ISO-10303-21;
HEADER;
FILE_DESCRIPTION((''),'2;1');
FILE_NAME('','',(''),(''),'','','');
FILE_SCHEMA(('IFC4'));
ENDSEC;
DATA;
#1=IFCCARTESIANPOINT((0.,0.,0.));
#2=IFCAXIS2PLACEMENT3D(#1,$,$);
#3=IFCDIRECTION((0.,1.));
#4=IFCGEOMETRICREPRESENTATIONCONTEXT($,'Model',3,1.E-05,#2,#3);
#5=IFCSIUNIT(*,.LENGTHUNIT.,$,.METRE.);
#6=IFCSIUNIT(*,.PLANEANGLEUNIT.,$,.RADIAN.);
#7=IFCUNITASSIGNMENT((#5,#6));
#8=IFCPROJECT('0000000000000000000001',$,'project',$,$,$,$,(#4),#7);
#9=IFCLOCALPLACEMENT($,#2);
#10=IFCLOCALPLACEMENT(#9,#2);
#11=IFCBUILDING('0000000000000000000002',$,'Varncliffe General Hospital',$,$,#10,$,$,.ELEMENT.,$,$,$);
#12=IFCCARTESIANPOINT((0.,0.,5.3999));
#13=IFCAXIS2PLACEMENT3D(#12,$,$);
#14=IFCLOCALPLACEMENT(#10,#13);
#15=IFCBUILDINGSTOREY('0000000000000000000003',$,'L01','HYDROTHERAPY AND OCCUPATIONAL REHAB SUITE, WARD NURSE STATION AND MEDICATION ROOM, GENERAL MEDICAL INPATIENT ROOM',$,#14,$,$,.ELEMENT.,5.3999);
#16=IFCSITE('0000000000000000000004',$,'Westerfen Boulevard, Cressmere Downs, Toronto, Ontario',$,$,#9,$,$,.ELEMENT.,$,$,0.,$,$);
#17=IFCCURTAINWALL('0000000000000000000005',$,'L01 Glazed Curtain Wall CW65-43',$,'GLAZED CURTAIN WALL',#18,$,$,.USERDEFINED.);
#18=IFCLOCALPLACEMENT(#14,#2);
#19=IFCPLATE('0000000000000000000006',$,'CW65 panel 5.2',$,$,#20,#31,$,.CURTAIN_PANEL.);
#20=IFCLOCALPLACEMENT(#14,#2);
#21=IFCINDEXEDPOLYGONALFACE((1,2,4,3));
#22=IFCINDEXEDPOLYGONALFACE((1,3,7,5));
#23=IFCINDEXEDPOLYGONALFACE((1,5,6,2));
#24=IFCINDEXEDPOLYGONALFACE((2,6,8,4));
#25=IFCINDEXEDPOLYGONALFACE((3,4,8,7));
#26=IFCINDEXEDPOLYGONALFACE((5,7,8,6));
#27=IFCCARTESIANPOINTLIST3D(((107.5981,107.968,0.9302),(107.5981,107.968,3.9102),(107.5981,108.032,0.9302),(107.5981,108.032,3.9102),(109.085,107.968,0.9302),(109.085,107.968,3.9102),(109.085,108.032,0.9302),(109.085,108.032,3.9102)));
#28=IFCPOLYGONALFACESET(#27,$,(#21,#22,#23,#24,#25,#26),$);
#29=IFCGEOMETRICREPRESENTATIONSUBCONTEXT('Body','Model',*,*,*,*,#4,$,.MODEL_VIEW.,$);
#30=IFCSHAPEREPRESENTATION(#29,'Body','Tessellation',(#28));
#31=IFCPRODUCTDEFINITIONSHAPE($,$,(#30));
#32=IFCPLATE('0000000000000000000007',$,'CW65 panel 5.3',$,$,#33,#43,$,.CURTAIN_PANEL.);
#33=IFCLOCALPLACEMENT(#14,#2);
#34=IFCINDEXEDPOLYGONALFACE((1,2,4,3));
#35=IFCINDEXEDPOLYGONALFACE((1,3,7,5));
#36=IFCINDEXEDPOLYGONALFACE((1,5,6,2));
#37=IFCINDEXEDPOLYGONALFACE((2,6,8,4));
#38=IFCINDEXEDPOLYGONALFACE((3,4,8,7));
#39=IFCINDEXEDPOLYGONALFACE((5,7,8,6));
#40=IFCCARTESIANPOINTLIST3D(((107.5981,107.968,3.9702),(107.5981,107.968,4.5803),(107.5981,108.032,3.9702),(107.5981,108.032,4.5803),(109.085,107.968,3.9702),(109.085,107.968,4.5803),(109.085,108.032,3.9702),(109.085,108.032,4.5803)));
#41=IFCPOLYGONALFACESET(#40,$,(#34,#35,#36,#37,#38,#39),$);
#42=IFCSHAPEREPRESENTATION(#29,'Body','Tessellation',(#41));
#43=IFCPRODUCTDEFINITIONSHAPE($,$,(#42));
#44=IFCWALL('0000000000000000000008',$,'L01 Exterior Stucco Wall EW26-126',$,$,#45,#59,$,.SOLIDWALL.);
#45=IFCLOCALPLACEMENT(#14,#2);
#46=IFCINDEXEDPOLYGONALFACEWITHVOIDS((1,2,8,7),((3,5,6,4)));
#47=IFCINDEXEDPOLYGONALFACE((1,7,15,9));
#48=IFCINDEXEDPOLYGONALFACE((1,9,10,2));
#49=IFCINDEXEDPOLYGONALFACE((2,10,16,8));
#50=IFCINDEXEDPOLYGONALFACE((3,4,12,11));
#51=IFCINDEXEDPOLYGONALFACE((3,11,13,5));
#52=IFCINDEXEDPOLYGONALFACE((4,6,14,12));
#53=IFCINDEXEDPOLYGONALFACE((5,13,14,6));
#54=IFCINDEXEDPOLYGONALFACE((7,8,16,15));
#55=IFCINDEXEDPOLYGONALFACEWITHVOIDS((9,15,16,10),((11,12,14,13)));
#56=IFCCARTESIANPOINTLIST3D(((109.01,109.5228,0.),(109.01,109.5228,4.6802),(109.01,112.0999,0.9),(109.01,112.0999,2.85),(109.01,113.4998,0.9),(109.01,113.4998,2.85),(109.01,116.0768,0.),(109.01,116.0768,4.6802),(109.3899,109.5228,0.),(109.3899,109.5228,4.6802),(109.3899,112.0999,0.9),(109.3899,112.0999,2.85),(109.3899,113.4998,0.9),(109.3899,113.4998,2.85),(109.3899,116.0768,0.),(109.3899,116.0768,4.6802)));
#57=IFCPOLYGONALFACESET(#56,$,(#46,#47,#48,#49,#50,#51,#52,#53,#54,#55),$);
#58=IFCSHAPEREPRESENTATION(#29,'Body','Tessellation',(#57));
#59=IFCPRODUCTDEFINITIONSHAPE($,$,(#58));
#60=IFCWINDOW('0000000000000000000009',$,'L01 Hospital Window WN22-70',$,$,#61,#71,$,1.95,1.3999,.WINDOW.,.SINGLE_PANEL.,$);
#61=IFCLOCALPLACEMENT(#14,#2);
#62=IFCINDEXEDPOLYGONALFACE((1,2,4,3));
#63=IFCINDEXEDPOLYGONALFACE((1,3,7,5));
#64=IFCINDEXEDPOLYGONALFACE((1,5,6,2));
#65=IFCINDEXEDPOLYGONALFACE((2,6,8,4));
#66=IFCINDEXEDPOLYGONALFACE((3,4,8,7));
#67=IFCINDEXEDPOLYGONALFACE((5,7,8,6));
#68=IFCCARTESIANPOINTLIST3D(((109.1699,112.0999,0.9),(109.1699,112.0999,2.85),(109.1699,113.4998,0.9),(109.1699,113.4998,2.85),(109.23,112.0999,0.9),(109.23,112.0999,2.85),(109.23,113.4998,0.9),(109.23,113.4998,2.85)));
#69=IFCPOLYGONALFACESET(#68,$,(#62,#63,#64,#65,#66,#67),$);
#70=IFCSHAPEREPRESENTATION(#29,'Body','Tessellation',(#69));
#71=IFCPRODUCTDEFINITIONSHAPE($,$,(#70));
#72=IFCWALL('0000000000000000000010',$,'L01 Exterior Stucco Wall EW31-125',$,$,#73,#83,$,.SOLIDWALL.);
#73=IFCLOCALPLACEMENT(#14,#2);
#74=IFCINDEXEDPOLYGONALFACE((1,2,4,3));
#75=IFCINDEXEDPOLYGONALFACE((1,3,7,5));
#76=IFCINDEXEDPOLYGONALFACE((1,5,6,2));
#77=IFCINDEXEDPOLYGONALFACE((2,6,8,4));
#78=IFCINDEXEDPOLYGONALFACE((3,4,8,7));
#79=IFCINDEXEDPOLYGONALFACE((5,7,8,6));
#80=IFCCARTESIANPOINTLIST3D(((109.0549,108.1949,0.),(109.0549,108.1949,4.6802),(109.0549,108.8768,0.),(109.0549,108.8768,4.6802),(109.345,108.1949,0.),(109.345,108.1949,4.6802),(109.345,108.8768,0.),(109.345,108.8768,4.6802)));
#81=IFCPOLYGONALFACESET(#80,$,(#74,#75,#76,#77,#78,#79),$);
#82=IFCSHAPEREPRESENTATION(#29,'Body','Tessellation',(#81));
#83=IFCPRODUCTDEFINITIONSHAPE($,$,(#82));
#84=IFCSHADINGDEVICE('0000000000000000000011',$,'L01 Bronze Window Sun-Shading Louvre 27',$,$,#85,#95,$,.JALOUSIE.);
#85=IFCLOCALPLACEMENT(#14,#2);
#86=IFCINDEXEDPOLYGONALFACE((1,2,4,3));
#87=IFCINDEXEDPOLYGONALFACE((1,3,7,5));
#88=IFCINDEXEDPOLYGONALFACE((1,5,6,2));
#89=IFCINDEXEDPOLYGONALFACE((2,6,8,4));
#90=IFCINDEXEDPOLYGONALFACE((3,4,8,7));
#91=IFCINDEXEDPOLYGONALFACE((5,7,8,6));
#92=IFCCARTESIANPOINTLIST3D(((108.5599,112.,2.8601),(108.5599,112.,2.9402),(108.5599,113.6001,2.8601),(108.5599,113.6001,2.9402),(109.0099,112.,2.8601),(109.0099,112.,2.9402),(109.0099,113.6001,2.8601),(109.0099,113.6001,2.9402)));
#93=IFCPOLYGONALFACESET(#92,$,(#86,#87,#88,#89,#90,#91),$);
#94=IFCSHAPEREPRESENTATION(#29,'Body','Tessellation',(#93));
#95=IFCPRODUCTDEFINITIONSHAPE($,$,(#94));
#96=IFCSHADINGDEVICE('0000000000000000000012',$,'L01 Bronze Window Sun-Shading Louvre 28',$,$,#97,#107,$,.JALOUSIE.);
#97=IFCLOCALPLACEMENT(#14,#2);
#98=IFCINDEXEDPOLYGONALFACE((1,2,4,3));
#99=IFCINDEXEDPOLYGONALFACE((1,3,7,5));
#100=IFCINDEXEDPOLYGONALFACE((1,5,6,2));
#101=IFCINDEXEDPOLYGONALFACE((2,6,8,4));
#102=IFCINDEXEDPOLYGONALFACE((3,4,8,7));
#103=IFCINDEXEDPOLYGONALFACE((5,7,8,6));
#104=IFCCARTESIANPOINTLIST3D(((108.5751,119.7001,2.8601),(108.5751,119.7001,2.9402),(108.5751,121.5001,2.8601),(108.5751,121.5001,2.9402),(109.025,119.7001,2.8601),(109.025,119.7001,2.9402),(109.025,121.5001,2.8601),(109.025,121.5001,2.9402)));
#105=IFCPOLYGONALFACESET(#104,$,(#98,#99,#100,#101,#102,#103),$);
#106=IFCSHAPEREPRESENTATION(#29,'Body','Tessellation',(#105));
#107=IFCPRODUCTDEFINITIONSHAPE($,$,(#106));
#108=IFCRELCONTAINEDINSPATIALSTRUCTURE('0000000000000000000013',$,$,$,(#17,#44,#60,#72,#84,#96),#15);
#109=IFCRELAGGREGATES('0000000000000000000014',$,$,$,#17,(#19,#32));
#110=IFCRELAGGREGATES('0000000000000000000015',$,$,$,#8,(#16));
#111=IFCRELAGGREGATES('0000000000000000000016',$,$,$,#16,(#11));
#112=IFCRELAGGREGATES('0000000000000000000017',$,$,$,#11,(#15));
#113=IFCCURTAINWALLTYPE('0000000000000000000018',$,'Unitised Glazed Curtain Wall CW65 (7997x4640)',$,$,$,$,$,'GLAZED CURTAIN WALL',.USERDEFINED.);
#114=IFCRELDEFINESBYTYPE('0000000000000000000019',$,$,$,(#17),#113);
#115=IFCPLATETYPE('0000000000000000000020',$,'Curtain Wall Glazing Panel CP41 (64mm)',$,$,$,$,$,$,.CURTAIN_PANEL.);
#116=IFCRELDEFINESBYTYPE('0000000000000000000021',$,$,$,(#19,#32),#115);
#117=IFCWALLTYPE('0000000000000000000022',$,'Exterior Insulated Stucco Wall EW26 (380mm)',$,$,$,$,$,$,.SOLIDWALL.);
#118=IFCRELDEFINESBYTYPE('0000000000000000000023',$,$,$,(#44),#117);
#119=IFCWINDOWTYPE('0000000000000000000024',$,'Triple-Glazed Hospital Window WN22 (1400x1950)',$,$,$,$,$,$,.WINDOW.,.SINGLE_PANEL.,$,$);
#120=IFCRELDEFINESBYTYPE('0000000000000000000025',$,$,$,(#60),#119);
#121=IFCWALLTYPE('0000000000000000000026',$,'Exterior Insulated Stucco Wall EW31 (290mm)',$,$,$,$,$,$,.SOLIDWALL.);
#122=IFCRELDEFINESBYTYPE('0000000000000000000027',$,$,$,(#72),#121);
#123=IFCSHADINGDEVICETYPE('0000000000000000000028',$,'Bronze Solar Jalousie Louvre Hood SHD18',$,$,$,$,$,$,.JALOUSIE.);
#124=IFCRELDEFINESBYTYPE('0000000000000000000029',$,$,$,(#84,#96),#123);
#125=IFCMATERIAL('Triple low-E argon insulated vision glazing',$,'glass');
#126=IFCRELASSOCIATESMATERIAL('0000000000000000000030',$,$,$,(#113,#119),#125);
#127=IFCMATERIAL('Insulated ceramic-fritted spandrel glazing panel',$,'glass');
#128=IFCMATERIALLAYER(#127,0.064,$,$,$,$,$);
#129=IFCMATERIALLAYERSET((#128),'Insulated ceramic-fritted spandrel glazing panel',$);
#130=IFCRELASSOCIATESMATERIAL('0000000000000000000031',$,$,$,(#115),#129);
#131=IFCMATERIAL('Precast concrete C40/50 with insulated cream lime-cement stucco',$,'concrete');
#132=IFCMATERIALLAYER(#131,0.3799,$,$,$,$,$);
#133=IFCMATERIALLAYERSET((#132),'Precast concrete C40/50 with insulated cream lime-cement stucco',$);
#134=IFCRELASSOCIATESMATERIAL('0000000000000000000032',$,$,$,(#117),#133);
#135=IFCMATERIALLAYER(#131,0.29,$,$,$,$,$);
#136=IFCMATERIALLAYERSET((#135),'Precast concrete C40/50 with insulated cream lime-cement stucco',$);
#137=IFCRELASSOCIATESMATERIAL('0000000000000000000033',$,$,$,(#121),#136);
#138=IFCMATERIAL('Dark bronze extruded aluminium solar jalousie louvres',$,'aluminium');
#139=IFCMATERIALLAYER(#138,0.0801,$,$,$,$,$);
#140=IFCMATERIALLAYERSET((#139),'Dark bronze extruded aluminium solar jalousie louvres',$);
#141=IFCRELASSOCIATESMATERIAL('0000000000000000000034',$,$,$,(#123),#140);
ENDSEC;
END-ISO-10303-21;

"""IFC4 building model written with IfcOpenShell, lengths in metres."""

from ifc_helpers import new_model, si_unit, direction, frame, frame_2d, origin, origin_2d, place, context, subcontext, project, spatial, rectangle, extrude, material, layer, layer_set, type_object, element, fill, aggregate, save


model = new_model("IFC4")

# Units and contexts
model_context = context("Model", 3, precision=1e-05, world=origin(), true_north=direction((0.0, 1.0)))
body_context = subcontext(model_context, "Body", "Model", "MODEL_VIEW")
ifc_project = project(units=[si_unit("LENGTHUNIT", "METRE"), si_unit("PLANEANGLEUNIT", "RADIAN")], contexts=[model_context])

# Site, building, storey
site_placement = place(None, origin())
site = spatial("IfcSite", under=ifc_project, at=site_placement, Name="Westerfen Boulevard, Cressmere Downs, Toronto, Ontario", CompositionType="ELEMENT", RefElevation=0.0)
building_placement = place(site_placement, origin())
building = spatial("IfcBuilding", under=site, at=building_placement, Name="Varncliffe General Hospital", CompositionType="ELEMENT")
storey_placement = place(building_placement, frame((0.0, 0.0, 5.3999)))
storey = spatial("IfcBuildingStorey", under=building, at=storey_placement, Name="L01", Description="HYDROTHERAPY AND OCCUPATIONAL REHAB SUITE, WARD NURSE STATION AND MEDICATION ROOM, GENERAL MEDICAL INPATIENT ROOM", CompositionType="ELEMENT", Elevation=5.3999)

# Curtain wall
ifc_material_1 = material(Name="Triple low-E argon insulated vision glazing", Category="glass")
curtain_wall_type = type_object("IfcCurtainWallType", Name="Unitised Glazed Curtain Wall CW65 (7997x4640)", ElementType="GLAZED CURTAIN WALL", PredefinedType="USERDEFINED", material=ifc_material_1)
curtain_wall_placement = place(storey_placement, origin())
curtain_wall = element("IfcCurtainWall", 1, at=curtain_wall_placement, inside=storey, type_object=curtain_wall_type, Name="L01 Glazed Curtain Wall CW65-43", ObjectType="GLAZED CURTAIN WALL", PredefinedType="USERDEFINED")

# Plates
ifc_material_2 = material(Name="Insulated ceramic-fritted spandrel glazing panel", Category="glass")
ifc_layer_1 = layer(ifc_material_2, 0.064)
ifc_layer_set_1 = layer_set([ifc_layer_1], Name="Insulated ceramic-fritted spandrel glazing panel")
plate_type = type_object("IfcPlateType", Name="Curtain Wall Glazing Panel CP41 (64mm)", PredefinedType="CURTAIN_PANEL", material=ifc_layer_set_1)
plate_1_placement = place(storey_placement, frame((108.3416, 108.0, 0.9302), z_axis=(0.0, 0.0, 1.0), x_axis=(1.0, 0.0, 0.0)))
plate_1 = element("IfcPlate", 2, at=plate_1_placement, type_object=plate_type, Name="CW65 panel 5.2", PredefinedType="CURTAIN_PANEL", context=body_context, shape_type="SweptSolid", body=[
    extrude(rectangle(XDim=1.4868, YDim=0.064, at=origin_2d()), origin(), (0.0, 0.0, 1.0), 2.98),
])
plate_2_placement = place(storey_placement, frame((108.3416, 108.0, 3.9702), z_axis=(0.0, 0.0, 1.0), x_axis=(1.0, 0.0, 0.0)))
plate_2 = element("IfcPlate", 3, at=plate_2_placement, type_object=plate_type, Name="CW65 panel 5.3", PredefinedType="CURTAIN_PANEL", context=body_context, shape_type="SweptSolid", body=[
    extrude(rectangle(XDim=1.4868, YDim=0.064, at=origin_2d()), origin(), (0.0, 0.0, 1.0), 0.6101),
])
aggregate(curtain_wall, [plate_1, plate_2])

# Wall, opening, window
ifc_material_3 = material(Name="Precast concrete C40/50 with insulated cream lime-cement stucco", Category="concrete")
ifc_layer_2 = layer(ifc_material_3, 0.3799)
ifc_layer_set_2 = layer_set([ifc_layer_2], Name="Precast concrete C40/50 with insulated cream lime-cement stucco")
wall_type_1 = type_object("IfcWallType", Name="Exterior Insulated Stucco Wall EW26 (380mm)", PredefinedType="SOLIDWALL", material=ifc_layer_set_2)
wall_1_placement = place(storey_placement, frame((109.2, 109.5229, 0.0), z_axis=(0.0, 0.0, 1.0), x_axis=(0.0, 1.0, 0.0)))
wall_1 = element("IfcWall", 4, at=wall_1_placement, inside=storey, type_object=wall_type_1, Name="L01 Exterior Stucco Wall EW26-126", PredefinedType="SOLIDWALL", context=body_context, shape_type="SweptSolid", body=[
    extrude(rectangle(XDim=6.554, YDim=0.3799, at=frame_2d((3.2769, 0.0))), origin(), (0.0, 0.0, 1.0), 4.6802),
])
opening_placement = place(wall_1_placement, frame((2.5769, 0.0, 0.8999)))
opening = element("IfcOpeningElement", 5, at=opening_placement, cuts=wall_1, PredefinedType="OPENING", context=body_context, shape_type="SweptSolid", body=[
    extrude(rectangle(XDim=1.3999, YDim=1.95, at=frame_2d((0.7, 0.9751))), frame((0.0, 0.2, 0.0), z_axis=(0.0, -1.0, 0.0), x_axis=(1.0, 0.0, 0.0)), (0.0, 0.0, 1.0), 0.3999),
])
window_type = type_object("IfcWindowType", Name="Triple-Glazed Hospital Window WN22 (1400x1950)", PartitioningType="SINGLE_PANEL", PredefinedType="WINDOW", material=ifc_material_1)
window_placement = place(opening_placement, origin())
window = element("IfcWindow", 6, at=window_placement, inside=storey, type_object=window_type, Name="L01 Hospital Window WN22-70", OverallHeight=1.95, OverallWidth=1.3999, PartitioningType="SINGLE_PANEL", PredefinedType="WINDOW", context=body_context, shape_type="SweptSolid", body=[
    extrude(rectangle(XDim=1.3999, YDim=1.95, at=frame_2d((0.7, 0.9751))), frame((0.0, 0.03, 0.0), z_axis=(0.0, -1.0, 0.0), x_axis=(1.0, 0.0, 0.0)), (0.0, 0.0, 1.0), 0.0601),
])
fill(opening, window)

# Wall
ifc_layer_3 = layer(ifc_material_3, 0.29)
ifc_layer_set_3 = layer_set([ifc_layer_3], Name="Precast concrete C40/50 with insulated cream lime-cement stucco")
wall_type_2 = type_object("IfcWallType", Name="Exterior Insulated Stucco Wall EW31 (290mm)", PredefinedType="SOLIDWALL", material=ifc_layer_set_3)
wall_2_placement = place(storey_placement, frame((109.2, 108.1951, 0.0), z_axis=(0.0, 0.0, 1.0), x_axis=(0.0, 1.0, 0.0)))
element("IfcWall", 7, at=wall_2_placement, inside=storey, type_object=wall_type_2, Name="L01 Exterior Stucco Wall EW31-125", PredefinedType="SOLIDWALL", context=body_context, shape_type="SweptSolid", body=[
    extrude(rectangle(XDim=0.6819, YDim=0.29, at=frame_2d((0.3408, 0.0))), origin(), (0.0, 0.0, 1.0), 4.6802),
])

# Shading devices
ifc_material_4 = material(Name="Dark bronze extruded aluminium solar jalousie louvres", Category="aluminium")
ifc_layer_4 = layer(ifc_material_4, 0.0801)
ifc_layer_set_4 = layer_set([ifc_layer_4], Name="Dark bronze extruded aluminium solar jalousie louvres")
shading_device_type = type_object("IfcShadingDeviceType", Name="Bronze Solar Jalousie Louvre Hood SHD18", PredefinedType="JALOUSIE", material=ifc_layer_set_4)
shading_device_1_placement = place(storey_placement, frame((108.7849, 112.8, 2.8601), z_axis=(0.0, 0.0, 1.0), x_axis=(0.0, 1.0, 0.0)))
element("IfcShadingDevice", 8, at=shading_device_1_placement, inside=storey, type_object=shading_device_type, Name="L01 Bronze Window Sun-Shading Louvre 27", PredefinedType="JALOUSIE", context=body_context, shape_type="SweptSolid", body=[
    extrude(rectangle(XDim=1.6001, YDim=0.45, at=origin_2d()), origin(), (0.0, 0.0, 1.0), 0.0801),
])
shading_device_2_placement = place(storey_placement, frame((108.8, 120.6001, 2.8601), z_axis=(0.0, 0.0, 1.0), x_axis=(0.0, 1.0, 0.0)))
element("IfcShadingDevice", 9, at=shading_device_2_placement, inside=storey, type_object=shading_device_type, Name="L01 Bronze Window Sun-Shading Louvre 28", PredefinedType="JALOUSIE", context=body_context, shape_type="SweptSolid", body=[
    extrude(rectangle(XDim=1.8, YDim=0.45, at=origin_2d()), origin(), (0.0, 0.0, 1.0), 0.0801),
])

save(model, "model.ifc")
